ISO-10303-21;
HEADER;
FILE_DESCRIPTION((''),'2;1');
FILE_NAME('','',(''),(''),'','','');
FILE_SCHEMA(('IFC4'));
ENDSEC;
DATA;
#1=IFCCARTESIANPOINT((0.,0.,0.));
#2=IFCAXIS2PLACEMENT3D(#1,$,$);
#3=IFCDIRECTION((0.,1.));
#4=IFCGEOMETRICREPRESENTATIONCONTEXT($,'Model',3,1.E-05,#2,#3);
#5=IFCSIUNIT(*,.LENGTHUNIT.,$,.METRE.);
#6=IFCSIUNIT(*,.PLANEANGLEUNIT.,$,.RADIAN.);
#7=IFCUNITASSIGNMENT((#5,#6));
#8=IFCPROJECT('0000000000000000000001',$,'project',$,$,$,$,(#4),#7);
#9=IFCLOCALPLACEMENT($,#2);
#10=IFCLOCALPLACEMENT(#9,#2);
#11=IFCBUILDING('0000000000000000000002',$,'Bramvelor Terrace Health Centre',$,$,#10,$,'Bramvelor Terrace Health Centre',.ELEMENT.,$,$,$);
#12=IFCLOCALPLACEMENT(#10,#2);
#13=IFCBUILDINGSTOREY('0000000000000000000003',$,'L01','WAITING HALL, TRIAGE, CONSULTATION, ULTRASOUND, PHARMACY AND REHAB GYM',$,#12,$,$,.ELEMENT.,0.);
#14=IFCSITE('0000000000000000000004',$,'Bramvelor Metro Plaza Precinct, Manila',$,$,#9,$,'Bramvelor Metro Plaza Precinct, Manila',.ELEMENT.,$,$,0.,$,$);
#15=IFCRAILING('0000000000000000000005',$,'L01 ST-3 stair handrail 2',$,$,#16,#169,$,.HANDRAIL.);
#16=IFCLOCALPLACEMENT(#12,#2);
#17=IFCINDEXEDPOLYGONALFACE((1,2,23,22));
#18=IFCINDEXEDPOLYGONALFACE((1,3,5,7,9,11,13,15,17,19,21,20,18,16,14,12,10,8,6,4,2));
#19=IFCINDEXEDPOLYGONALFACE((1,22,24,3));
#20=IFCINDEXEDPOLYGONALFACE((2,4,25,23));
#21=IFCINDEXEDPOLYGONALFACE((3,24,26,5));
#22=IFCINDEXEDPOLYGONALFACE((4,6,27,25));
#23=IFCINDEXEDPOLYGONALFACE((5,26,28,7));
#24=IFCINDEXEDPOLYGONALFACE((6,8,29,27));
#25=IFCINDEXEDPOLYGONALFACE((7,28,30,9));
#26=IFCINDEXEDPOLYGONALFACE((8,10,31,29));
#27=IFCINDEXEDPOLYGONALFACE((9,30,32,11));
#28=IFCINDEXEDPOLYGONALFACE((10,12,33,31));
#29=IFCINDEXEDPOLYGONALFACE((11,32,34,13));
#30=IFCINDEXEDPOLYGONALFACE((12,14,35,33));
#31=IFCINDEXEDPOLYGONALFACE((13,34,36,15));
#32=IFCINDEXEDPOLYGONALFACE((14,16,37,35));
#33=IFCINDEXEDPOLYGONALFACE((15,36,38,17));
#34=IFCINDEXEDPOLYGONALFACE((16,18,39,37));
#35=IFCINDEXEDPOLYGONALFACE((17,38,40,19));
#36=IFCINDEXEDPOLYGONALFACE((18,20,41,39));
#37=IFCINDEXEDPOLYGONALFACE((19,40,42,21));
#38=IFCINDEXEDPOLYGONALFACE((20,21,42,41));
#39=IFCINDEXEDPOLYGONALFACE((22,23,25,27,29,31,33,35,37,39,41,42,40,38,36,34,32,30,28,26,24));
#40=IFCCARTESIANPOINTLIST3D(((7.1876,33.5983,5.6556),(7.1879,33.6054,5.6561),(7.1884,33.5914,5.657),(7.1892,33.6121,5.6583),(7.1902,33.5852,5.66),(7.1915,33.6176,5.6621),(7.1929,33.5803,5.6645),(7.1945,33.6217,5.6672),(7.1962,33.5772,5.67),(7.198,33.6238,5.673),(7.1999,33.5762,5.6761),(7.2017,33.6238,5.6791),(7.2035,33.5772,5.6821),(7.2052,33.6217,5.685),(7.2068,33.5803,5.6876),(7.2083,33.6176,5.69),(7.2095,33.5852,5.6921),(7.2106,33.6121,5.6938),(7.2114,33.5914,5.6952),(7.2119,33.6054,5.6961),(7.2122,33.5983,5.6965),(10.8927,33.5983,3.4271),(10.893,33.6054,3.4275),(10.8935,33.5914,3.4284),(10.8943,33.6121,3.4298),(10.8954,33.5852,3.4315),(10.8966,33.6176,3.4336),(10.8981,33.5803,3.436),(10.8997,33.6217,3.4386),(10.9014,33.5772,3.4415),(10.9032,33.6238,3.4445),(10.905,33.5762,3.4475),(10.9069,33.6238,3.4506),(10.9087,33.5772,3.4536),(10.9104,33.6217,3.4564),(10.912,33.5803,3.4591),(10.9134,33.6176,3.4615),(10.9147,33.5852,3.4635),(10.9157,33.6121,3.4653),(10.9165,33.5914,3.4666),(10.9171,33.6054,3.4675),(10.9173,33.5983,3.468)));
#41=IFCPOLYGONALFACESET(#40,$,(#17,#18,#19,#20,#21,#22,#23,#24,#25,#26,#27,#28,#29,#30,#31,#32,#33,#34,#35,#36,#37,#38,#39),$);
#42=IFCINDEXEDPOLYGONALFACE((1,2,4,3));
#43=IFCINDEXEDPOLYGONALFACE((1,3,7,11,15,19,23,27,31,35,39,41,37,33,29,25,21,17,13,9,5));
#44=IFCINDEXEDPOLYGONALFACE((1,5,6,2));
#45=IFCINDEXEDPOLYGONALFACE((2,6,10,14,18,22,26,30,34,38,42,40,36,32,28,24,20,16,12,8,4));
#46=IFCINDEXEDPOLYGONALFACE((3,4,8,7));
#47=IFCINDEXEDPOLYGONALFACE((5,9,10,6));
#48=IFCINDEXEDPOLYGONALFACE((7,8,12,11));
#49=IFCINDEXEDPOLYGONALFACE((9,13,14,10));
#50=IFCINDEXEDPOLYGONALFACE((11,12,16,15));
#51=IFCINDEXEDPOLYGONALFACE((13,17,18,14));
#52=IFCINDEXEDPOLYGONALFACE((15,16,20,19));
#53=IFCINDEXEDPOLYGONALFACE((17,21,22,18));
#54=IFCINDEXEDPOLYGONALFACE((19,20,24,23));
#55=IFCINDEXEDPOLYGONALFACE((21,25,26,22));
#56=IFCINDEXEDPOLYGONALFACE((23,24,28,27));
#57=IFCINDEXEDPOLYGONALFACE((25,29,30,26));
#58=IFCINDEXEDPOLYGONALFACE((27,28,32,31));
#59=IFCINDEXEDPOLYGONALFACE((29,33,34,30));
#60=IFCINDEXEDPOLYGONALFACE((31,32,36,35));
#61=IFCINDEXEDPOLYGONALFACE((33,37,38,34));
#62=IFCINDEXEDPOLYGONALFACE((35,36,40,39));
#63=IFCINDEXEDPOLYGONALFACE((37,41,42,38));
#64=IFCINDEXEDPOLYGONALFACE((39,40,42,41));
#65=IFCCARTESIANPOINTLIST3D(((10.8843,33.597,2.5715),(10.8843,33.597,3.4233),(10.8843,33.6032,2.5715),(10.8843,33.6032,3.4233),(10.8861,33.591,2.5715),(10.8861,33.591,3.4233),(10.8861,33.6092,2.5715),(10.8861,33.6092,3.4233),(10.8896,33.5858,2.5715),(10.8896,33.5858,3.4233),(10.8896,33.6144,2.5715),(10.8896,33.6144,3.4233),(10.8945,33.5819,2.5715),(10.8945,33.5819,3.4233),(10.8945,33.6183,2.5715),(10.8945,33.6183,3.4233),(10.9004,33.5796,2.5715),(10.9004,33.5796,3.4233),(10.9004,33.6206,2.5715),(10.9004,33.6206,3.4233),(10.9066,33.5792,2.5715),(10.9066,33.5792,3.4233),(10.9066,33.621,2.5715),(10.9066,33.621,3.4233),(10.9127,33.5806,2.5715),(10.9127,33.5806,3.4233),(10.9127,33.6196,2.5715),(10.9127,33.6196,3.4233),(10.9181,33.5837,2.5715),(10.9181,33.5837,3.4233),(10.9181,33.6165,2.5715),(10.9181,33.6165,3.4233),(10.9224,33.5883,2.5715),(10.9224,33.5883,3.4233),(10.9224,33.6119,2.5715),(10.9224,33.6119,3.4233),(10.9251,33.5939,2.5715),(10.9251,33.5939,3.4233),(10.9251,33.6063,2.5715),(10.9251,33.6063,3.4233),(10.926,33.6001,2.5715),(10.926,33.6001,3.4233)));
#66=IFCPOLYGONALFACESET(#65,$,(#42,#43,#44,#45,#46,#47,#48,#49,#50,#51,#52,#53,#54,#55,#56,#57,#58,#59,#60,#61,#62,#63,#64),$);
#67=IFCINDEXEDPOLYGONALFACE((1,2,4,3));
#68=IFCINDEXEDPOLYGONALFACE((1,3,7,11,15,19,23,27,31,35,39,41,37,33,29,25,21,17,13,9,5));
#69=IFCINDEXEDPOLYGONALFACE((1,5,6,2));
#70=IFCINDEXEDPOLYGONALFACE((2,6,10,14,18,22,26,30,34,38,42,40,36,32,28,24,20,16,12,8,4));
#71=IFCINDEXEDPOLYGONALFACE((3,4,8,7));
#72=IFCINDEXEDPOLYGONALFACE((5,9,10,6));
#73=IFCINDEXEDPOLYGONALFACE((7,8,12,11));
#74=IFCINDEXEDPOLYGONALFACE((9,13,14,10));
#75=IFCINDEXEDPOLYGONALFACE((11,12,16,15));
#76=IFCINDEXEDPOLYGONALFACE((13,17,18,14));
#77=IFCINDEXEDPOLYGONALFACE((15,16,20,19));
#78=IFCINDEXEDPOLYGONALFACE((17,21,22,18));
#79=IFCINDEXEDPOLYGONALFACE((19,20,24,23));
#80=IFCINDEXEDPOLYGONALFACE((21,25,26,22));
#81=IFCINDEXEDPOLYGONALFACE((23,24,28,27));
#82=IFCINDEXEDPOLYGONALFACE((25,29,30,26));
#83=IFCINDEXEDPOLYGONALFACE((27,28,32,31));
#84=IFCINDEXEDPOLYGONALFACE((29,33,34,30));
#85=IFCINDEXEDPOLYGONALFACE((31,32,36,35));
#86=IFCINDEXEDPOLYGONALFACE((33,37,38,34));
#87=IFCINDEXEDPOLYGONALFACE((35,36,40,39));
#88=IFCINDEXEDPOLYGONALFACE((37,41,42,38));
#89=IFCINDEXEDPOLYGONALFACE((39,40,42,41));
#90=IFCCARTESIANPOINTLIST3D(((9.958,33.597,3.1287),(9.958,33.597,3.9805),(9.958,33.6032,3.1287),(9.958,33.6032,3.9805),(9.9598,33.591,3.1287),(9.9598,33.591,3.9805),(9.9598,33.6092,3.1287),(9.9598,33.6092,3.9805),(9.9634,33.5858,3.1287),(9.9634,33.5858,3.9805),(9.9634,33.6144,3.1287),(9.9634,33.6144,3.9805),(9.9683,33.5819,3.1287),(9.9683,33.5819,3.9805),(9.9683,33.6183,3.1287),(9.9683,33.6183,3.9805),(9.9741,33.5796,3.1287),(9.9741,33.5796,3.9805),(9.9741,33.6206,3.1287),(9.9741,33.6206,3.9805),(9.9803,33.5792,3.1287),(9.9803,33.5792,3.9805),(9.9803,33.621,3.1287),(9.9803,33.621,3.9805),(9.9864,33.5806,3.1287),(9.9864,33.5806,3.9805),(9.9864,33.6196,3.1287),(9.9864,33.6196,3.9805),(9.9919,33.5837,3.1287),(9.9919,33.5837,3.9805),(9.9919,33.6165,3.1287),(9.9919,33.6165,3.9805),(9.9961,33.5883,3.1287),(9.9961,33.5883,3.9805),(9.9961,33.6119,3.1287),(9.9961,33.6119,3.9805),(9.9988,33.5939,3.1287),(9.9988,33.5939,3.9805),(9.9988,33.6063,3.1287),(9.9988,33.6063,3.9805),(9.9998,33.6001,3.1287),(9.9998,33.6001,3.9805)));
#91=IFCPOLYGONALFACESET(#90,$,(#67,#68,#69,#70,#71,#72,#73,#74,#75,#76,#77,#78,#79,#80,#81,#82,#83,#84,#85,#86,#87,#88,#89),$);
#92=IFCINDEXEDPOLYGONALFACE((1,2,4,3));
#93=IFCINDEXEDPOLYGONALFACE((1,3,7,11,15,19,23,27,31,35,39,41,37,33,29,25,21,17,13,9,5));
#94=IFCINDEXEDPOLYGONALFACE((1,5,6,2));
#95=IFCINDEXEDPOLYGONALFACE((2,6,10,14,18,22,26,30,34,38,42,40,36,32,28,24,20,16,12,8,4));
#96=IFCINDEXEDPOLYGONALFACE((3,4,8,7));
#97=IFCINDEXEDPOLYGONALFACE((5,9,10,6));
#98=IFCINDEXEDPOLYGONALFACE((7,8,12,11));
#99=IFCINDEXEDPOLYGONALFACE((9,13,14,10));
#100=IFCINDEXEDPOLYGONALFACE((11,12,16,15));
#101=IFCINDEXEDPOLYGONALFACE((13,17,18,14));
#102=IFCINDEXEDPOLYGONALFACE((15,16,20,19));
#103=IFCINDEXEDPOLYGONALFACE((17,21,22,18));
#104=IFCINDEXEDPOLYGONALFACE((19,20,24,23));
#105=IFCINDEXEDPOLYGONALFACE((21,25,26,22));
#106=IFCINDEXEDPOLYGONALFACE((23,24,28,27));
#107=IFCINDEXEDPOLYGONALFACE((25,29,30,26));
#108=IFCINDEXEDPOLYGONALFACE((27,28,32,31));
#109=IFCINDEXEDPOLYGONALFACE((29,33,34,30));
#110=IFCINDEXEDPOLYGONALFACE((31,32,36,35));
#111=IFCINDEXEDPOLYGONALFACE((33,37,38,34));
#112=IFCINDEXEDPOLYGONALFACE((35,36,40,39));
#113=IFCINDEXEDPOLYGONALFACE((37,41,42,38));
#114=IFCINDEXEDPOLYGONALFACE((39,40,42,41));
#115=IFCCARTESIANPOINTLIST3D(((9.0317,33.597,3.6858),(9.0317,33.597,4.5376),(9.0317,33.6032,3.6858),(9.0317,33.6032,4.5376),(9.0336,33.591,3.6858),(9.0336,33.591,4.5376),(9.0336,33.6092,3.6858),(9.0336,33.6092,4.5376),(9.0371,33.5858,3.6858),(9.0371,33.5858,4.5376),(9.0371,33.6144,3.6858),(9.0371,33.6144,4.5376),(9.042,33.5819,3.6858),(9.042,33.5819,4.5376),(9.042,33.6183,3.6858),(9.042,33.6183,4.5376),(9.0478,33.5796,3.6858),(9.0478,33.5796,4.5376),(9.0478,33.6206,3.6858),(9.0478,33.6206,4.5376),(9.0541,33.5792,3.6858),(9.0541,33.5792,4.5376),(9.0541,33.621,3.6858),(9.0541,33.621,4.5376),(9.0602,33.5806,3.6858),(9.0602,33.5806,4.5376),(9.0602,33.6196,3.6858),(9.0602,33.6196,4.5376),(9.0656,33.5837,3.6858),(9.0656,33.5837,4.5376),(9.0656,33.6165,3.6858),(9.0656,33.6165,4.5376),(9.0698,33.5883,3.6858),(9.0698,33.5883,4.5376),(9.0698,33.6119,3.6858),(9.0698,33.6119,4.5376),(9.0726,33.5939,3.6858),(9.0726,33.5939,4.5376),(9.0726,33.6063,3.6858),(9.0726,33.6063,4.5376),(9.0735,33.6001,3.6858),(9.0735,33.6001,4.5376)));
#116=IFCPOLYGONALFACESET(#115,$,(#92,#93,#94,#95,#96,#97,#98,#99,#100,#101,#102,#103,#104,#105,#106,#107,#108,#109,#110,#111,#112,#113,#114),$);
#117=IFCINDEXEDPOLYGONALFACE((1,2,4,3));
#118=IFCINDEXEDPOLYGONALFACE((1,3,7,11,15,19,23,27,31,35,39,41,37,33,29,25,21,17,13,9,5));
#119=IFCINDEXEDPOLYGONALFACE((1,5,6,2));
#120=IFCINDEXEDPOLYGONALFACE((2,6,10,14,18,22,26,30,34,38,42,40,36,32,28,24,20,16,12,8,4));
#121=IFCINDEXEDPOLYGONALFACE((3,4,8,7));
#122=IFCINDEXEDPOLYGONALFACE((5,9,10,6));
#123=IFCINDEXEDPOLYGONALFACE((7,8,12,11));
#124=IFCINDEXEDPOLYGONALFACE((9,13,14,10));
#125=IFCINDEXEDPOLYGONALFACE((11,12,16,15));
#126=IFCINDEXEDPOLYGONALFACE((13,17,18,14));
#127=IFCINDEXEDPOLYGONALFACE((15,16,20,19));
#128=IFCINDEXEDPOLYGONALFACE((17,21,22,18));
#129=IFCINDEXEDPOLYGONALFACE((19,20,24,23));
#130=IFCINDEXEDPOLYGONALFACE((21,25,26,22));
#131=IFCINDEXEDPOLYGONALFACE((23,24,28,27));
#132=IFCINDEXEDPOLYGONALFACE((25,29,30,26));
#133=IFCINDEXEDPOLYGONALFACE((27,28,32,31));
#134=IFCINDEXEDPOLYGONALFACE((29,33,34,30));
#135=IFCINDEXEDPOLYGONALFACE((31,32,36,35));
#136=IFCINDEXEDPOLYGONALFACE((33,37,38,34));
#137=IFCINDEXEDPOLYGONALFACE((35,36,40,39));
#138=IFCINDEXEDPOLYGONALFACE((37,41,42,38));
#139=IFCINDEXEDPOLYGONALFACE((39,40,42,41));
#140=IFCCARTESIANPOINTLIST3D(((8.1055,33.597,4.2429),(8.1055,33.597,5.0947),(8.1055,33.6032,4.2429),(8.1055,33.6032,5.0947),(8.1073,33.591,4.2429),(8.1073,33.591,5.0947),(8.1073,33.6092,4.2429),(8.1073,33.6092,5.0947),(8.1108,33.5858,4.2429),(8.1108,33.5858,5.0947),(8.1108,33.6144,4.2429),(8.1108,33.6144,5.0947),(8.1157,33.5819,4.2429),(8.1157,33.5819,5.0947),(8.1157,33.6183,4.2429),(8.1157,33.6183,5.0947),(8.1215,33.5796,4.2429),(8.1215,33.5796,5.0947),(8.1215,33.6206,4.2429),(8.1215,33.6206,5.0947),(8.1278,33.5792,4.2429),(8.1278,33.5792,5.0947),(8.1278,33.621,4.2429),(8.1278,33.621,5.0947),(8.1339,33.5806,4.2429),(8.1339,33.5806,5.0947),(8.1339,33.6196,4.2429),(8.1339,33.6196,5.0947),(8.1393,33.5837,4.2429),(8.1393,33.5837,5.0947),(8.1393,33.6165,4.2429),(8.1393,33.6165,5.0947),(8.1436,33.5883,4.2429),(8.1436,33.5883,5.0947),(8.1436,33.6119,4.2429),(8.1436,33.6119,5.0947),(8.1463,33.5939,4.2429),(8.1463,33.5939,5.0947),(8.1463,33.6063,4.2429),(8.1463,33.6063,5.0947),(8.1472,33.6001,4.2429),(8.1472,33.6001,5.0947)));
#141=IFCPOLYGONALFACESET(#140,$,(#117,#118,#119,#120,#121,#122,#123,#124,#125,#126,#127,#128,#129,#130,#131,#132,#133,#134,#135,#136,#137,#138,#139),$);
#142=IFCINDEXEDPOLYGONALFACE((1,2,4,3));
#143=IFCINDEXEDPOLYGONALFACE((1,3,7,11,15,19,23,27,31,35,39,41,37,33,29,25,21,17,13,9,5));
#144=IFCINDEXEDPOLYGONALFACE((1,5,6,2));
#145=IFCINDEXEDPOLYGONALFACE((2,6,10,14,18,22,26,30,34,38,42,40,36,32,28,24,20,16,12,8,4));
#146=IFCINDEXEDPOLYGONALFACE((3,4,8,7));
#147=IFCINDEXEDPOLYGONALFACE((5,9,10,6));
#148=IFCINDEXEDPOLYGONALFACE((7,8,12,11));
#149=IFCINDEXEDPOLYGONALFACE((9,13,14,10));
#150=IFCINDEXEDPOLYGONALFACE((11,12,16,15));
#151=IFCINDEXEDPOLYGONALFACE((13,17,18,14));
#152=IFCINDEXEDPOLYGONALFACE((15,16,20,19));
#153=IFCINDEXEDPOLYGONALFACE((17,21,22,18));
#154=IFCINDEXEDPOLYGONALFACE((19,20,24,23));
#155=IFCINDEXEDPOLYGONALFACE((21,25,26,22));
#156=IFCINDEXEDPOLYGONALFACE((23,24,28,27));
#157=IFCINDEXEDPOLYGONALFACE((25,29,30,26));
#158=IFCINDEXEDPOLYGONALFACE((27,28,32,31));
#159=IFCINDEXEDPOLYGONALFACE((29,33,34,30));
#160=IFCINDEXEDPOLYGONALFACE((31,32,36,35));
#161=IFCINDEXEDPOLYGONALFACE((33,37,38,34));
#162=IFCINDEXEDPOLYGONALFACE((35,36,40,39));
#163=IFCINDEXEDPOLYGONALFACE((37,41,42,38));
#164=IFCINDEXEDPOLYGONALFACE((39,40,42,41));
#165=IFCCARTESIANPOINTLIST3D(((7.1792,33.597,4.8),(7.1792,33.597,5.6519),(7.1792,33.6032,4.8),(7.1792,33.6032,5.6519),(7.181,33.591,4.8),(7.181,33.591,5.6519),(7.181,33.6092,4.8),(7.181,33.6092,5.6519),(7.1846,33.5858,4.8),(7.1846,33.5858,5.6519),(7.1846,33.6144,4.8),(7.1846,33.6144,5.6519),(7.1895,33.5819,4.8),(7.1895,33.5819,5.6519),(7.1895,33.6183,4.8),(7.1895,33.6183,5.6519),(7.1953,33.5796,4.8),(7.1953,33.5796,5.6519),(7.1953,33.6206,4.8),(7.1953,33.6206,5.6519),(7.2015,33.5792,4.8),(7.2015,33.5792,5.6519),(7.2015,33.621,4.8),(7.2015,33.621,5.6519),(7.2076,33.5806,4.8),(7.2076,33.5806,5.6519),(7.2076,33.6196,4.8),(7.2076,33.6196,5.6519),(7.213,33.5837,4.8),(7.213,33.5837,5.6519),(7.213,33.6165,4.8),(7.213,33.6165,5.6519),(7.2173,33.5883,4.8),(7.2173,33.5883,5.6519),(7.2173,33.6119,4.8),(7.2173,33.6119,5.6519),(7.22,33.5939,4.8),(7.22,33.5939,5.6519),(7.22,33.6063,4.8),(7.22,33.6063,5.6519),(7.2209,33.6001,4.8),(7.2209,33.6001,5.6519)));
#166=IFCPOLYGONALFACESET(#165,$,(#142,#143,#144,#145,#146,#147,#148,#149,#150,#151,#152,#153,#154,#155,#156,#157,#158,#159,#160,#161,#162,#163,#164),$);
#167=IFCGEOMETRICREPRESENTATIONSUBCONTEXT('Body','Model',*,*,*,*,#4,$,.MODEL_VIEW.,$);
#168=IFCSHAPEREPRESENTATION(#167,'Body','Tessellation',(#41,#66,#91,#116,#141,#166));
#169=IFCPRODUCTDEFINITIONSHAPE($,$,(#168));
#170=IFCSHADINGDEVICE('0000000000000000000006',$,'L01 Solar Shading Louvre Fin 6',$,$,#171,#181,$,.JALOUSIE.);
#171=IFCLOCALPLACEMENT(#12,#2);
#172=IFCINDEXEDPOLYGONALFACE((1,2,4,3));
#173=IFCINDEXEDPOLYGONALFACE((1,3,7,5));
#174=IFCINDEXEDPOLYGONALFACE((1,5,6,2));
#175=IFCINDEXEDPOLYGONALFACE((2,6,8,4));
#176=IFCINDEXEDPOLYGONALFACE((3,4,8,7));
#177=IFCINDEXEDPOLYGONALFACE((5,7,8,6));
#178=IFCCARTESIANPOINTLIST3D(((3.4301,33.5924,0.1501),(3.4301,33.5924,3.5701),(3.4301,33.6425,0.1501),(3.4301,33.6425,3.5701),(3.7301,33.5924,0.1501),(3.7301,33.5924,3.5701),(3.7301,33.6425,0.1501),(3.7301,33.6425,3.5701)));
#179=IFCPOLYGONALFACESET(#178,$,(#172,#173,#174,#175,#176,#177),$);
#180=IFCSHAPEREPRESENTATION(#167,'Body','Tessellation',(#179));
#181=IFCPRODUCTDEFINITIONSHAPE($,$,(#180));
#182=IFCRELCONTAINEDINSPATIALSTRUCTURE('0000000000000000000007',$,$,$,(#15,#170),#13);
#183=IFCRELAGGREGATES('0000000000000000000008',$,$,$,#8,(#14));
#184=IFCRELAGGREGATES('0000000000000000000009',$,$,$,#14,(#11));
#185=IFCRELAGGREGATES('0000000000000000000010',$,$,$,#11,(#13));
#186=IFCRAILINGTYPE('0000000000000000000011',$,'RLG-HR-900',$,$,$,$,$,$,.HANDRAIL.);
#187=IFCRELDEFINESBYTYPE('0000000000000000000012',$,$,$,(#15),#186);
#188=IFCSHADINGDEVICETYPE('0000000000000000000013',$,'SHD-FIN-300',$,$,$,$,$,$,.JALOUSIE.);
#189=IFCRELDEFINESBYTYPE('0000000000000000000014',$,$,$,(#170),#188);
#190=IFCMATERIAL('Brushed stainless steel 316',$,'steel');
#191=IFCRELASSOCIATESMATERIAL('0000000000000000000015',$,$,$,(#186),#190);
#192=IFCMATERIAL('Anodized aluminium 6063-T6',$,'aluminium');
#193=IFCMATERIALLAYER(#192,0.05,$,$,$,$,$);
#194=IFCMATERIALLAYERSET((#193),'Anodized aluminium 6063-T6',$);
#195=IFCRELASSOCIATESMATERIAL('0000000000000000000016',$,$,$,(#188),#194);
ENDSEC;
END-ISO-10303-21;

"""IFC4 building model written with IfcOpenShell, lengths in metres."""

from ifc_helpers import new_model, si_unit, direction, frame, origin, origin_2d, place, context, subcontext, project, spatial, rectangle, circle, extrude, material, layer, layer_set, type_object, element, save


model = new_model("IFC4")

# Units and contexts
model_context = context("Model", 3, precision=1e-05, world=origin(), true_north=direction((0.0, 1.0)))
body_context = subcontext(model_context, "Body", "Model", "MODEL_VIEW")
ifc_project = project(units=[si_unit("LENGTHUNIT", "METRE"), si_unit("PLANEANGLEUNIT", "RADIAN")], contexts=[model_context])

# Site, building, storey
site_placement = place(None, origin())
site = spatial("IfcSite", under=ifc_project, at=site_placement, Name="Bramvelor Metro Plaza Precinct, Manila", LongName="Bramvelor Metro Plaza Precinct, Manila", CompositionType="ELEMENT", RefElevation=0.0)
building_placement = place(site_placement, origin())
building = spatial("IfcBuilding", under=site, at=building_placement, Name="Bramvelor Terrace Health Centre", LongName="Bramvelor Terrace Health Centre", CompositionType="ELEMENT")
storey_placement = place(building_placement, origin())
storey = spatial("IfcBuildingStorey", under=building, at=storey_placement, Name="L01", Description="WAITING HALL, TRIAGE, CONSULTATION, ULTRASOUND, PHARMACY AND REHAB GYM", CompositionType="ELEMENT", Elevation=0.0)

# Railing
ifc_material_1 = material(Name="Brushed stainless steel 316", Category="steel")
railing_type = type_object("IfcRailingType", Name="RLG-HR-900", PredefinedType="HANDRAIL", material=ifc_material_1)
railing_placement = place(storey_placement, frame((10.905, 33.6001, 2.5715)))
element("IfcRailing", 1, at=railing_placement, inside=storey, type_object=railing_type, Name="L01 ST-3 stair handrail 2", PredefinedType="HANDRAIL", context=body_context, shape_type="SweptSolid", body=[
    extrude(circle(Radius=0.0239, at=origin_2d()), frame((0.0, 0.0, 0.876), z_axis=(-0.856934, 0.0, 0.515425), x_axis=(0.0, -1.0, 0.0)), (0.0, 0.0, 1.0), 4.3237),
    extrude(circle(Radius=0.021, at=origin_2d()), origin(), (0.0, 0.0, 1.0), 0.8518),
    extrude(circle(Radius=0.021, at=origin_2d()), frame((-0.9263, 0.0, 0.5571)), (0.0, 0.0, 1.0), 0.8518),
    extrude(circle(Radius=0.021, at=origin_2d()), frame((-1.8525, 0.0, 1.1143)), (0.0, 0.0, 1.0), 0.8518),
    extrude(circle(Radius=0.021, at=origin_2d()), frame((-2.7788, 0.0, 1.6714)), (0.0, 0.0, 1.0), 0.8518),
    extrude(circle(Radius=0.021, at=origin_2d()), frame((-3.7051, 0.0, 2.2285)), (0.0, 0.0, 1.0), 0.8518),
])

# Shading device
ifc_material_2 = material(Name="Anodized aluminium 6063-T6", Category="aluminium")
ifc_layer_1 = layer(ifc_material_2, 0.05)
ifc_layer_set_1 = layer_set([ifc_layer_1], Name="Anodized aluminium 6063-T6")
shading_device_type = type_object("IfcShadingDeviceType", Name="SHD-FIN-300", PredefinedType="JALOUSIE", material=ifc_layer_set_1)
shading_device_placement = place(storey_placement, frame((3.5801, 33.6174, 0.1501), z_axis=(0.0, 0.0, 1.0), x_axis=(1.0, 0.0, 0.0)))
element("IfcShadingDevice", 2, at=shading_device_placement, inside=storey, type_object=shading_device_type, Name="L01 Solar Shading Louvre Fin 6", PredefinedType="JALOUSIE", context=body_context, shape_type="SweptSolid", body=[
    extrude(rectangle(XDim=0.3, YDim=0.05, at=origin_2d()), origin(), (0.0, 0.0, 1.0), 3.4199),
])

save(model, "model.ifc")
